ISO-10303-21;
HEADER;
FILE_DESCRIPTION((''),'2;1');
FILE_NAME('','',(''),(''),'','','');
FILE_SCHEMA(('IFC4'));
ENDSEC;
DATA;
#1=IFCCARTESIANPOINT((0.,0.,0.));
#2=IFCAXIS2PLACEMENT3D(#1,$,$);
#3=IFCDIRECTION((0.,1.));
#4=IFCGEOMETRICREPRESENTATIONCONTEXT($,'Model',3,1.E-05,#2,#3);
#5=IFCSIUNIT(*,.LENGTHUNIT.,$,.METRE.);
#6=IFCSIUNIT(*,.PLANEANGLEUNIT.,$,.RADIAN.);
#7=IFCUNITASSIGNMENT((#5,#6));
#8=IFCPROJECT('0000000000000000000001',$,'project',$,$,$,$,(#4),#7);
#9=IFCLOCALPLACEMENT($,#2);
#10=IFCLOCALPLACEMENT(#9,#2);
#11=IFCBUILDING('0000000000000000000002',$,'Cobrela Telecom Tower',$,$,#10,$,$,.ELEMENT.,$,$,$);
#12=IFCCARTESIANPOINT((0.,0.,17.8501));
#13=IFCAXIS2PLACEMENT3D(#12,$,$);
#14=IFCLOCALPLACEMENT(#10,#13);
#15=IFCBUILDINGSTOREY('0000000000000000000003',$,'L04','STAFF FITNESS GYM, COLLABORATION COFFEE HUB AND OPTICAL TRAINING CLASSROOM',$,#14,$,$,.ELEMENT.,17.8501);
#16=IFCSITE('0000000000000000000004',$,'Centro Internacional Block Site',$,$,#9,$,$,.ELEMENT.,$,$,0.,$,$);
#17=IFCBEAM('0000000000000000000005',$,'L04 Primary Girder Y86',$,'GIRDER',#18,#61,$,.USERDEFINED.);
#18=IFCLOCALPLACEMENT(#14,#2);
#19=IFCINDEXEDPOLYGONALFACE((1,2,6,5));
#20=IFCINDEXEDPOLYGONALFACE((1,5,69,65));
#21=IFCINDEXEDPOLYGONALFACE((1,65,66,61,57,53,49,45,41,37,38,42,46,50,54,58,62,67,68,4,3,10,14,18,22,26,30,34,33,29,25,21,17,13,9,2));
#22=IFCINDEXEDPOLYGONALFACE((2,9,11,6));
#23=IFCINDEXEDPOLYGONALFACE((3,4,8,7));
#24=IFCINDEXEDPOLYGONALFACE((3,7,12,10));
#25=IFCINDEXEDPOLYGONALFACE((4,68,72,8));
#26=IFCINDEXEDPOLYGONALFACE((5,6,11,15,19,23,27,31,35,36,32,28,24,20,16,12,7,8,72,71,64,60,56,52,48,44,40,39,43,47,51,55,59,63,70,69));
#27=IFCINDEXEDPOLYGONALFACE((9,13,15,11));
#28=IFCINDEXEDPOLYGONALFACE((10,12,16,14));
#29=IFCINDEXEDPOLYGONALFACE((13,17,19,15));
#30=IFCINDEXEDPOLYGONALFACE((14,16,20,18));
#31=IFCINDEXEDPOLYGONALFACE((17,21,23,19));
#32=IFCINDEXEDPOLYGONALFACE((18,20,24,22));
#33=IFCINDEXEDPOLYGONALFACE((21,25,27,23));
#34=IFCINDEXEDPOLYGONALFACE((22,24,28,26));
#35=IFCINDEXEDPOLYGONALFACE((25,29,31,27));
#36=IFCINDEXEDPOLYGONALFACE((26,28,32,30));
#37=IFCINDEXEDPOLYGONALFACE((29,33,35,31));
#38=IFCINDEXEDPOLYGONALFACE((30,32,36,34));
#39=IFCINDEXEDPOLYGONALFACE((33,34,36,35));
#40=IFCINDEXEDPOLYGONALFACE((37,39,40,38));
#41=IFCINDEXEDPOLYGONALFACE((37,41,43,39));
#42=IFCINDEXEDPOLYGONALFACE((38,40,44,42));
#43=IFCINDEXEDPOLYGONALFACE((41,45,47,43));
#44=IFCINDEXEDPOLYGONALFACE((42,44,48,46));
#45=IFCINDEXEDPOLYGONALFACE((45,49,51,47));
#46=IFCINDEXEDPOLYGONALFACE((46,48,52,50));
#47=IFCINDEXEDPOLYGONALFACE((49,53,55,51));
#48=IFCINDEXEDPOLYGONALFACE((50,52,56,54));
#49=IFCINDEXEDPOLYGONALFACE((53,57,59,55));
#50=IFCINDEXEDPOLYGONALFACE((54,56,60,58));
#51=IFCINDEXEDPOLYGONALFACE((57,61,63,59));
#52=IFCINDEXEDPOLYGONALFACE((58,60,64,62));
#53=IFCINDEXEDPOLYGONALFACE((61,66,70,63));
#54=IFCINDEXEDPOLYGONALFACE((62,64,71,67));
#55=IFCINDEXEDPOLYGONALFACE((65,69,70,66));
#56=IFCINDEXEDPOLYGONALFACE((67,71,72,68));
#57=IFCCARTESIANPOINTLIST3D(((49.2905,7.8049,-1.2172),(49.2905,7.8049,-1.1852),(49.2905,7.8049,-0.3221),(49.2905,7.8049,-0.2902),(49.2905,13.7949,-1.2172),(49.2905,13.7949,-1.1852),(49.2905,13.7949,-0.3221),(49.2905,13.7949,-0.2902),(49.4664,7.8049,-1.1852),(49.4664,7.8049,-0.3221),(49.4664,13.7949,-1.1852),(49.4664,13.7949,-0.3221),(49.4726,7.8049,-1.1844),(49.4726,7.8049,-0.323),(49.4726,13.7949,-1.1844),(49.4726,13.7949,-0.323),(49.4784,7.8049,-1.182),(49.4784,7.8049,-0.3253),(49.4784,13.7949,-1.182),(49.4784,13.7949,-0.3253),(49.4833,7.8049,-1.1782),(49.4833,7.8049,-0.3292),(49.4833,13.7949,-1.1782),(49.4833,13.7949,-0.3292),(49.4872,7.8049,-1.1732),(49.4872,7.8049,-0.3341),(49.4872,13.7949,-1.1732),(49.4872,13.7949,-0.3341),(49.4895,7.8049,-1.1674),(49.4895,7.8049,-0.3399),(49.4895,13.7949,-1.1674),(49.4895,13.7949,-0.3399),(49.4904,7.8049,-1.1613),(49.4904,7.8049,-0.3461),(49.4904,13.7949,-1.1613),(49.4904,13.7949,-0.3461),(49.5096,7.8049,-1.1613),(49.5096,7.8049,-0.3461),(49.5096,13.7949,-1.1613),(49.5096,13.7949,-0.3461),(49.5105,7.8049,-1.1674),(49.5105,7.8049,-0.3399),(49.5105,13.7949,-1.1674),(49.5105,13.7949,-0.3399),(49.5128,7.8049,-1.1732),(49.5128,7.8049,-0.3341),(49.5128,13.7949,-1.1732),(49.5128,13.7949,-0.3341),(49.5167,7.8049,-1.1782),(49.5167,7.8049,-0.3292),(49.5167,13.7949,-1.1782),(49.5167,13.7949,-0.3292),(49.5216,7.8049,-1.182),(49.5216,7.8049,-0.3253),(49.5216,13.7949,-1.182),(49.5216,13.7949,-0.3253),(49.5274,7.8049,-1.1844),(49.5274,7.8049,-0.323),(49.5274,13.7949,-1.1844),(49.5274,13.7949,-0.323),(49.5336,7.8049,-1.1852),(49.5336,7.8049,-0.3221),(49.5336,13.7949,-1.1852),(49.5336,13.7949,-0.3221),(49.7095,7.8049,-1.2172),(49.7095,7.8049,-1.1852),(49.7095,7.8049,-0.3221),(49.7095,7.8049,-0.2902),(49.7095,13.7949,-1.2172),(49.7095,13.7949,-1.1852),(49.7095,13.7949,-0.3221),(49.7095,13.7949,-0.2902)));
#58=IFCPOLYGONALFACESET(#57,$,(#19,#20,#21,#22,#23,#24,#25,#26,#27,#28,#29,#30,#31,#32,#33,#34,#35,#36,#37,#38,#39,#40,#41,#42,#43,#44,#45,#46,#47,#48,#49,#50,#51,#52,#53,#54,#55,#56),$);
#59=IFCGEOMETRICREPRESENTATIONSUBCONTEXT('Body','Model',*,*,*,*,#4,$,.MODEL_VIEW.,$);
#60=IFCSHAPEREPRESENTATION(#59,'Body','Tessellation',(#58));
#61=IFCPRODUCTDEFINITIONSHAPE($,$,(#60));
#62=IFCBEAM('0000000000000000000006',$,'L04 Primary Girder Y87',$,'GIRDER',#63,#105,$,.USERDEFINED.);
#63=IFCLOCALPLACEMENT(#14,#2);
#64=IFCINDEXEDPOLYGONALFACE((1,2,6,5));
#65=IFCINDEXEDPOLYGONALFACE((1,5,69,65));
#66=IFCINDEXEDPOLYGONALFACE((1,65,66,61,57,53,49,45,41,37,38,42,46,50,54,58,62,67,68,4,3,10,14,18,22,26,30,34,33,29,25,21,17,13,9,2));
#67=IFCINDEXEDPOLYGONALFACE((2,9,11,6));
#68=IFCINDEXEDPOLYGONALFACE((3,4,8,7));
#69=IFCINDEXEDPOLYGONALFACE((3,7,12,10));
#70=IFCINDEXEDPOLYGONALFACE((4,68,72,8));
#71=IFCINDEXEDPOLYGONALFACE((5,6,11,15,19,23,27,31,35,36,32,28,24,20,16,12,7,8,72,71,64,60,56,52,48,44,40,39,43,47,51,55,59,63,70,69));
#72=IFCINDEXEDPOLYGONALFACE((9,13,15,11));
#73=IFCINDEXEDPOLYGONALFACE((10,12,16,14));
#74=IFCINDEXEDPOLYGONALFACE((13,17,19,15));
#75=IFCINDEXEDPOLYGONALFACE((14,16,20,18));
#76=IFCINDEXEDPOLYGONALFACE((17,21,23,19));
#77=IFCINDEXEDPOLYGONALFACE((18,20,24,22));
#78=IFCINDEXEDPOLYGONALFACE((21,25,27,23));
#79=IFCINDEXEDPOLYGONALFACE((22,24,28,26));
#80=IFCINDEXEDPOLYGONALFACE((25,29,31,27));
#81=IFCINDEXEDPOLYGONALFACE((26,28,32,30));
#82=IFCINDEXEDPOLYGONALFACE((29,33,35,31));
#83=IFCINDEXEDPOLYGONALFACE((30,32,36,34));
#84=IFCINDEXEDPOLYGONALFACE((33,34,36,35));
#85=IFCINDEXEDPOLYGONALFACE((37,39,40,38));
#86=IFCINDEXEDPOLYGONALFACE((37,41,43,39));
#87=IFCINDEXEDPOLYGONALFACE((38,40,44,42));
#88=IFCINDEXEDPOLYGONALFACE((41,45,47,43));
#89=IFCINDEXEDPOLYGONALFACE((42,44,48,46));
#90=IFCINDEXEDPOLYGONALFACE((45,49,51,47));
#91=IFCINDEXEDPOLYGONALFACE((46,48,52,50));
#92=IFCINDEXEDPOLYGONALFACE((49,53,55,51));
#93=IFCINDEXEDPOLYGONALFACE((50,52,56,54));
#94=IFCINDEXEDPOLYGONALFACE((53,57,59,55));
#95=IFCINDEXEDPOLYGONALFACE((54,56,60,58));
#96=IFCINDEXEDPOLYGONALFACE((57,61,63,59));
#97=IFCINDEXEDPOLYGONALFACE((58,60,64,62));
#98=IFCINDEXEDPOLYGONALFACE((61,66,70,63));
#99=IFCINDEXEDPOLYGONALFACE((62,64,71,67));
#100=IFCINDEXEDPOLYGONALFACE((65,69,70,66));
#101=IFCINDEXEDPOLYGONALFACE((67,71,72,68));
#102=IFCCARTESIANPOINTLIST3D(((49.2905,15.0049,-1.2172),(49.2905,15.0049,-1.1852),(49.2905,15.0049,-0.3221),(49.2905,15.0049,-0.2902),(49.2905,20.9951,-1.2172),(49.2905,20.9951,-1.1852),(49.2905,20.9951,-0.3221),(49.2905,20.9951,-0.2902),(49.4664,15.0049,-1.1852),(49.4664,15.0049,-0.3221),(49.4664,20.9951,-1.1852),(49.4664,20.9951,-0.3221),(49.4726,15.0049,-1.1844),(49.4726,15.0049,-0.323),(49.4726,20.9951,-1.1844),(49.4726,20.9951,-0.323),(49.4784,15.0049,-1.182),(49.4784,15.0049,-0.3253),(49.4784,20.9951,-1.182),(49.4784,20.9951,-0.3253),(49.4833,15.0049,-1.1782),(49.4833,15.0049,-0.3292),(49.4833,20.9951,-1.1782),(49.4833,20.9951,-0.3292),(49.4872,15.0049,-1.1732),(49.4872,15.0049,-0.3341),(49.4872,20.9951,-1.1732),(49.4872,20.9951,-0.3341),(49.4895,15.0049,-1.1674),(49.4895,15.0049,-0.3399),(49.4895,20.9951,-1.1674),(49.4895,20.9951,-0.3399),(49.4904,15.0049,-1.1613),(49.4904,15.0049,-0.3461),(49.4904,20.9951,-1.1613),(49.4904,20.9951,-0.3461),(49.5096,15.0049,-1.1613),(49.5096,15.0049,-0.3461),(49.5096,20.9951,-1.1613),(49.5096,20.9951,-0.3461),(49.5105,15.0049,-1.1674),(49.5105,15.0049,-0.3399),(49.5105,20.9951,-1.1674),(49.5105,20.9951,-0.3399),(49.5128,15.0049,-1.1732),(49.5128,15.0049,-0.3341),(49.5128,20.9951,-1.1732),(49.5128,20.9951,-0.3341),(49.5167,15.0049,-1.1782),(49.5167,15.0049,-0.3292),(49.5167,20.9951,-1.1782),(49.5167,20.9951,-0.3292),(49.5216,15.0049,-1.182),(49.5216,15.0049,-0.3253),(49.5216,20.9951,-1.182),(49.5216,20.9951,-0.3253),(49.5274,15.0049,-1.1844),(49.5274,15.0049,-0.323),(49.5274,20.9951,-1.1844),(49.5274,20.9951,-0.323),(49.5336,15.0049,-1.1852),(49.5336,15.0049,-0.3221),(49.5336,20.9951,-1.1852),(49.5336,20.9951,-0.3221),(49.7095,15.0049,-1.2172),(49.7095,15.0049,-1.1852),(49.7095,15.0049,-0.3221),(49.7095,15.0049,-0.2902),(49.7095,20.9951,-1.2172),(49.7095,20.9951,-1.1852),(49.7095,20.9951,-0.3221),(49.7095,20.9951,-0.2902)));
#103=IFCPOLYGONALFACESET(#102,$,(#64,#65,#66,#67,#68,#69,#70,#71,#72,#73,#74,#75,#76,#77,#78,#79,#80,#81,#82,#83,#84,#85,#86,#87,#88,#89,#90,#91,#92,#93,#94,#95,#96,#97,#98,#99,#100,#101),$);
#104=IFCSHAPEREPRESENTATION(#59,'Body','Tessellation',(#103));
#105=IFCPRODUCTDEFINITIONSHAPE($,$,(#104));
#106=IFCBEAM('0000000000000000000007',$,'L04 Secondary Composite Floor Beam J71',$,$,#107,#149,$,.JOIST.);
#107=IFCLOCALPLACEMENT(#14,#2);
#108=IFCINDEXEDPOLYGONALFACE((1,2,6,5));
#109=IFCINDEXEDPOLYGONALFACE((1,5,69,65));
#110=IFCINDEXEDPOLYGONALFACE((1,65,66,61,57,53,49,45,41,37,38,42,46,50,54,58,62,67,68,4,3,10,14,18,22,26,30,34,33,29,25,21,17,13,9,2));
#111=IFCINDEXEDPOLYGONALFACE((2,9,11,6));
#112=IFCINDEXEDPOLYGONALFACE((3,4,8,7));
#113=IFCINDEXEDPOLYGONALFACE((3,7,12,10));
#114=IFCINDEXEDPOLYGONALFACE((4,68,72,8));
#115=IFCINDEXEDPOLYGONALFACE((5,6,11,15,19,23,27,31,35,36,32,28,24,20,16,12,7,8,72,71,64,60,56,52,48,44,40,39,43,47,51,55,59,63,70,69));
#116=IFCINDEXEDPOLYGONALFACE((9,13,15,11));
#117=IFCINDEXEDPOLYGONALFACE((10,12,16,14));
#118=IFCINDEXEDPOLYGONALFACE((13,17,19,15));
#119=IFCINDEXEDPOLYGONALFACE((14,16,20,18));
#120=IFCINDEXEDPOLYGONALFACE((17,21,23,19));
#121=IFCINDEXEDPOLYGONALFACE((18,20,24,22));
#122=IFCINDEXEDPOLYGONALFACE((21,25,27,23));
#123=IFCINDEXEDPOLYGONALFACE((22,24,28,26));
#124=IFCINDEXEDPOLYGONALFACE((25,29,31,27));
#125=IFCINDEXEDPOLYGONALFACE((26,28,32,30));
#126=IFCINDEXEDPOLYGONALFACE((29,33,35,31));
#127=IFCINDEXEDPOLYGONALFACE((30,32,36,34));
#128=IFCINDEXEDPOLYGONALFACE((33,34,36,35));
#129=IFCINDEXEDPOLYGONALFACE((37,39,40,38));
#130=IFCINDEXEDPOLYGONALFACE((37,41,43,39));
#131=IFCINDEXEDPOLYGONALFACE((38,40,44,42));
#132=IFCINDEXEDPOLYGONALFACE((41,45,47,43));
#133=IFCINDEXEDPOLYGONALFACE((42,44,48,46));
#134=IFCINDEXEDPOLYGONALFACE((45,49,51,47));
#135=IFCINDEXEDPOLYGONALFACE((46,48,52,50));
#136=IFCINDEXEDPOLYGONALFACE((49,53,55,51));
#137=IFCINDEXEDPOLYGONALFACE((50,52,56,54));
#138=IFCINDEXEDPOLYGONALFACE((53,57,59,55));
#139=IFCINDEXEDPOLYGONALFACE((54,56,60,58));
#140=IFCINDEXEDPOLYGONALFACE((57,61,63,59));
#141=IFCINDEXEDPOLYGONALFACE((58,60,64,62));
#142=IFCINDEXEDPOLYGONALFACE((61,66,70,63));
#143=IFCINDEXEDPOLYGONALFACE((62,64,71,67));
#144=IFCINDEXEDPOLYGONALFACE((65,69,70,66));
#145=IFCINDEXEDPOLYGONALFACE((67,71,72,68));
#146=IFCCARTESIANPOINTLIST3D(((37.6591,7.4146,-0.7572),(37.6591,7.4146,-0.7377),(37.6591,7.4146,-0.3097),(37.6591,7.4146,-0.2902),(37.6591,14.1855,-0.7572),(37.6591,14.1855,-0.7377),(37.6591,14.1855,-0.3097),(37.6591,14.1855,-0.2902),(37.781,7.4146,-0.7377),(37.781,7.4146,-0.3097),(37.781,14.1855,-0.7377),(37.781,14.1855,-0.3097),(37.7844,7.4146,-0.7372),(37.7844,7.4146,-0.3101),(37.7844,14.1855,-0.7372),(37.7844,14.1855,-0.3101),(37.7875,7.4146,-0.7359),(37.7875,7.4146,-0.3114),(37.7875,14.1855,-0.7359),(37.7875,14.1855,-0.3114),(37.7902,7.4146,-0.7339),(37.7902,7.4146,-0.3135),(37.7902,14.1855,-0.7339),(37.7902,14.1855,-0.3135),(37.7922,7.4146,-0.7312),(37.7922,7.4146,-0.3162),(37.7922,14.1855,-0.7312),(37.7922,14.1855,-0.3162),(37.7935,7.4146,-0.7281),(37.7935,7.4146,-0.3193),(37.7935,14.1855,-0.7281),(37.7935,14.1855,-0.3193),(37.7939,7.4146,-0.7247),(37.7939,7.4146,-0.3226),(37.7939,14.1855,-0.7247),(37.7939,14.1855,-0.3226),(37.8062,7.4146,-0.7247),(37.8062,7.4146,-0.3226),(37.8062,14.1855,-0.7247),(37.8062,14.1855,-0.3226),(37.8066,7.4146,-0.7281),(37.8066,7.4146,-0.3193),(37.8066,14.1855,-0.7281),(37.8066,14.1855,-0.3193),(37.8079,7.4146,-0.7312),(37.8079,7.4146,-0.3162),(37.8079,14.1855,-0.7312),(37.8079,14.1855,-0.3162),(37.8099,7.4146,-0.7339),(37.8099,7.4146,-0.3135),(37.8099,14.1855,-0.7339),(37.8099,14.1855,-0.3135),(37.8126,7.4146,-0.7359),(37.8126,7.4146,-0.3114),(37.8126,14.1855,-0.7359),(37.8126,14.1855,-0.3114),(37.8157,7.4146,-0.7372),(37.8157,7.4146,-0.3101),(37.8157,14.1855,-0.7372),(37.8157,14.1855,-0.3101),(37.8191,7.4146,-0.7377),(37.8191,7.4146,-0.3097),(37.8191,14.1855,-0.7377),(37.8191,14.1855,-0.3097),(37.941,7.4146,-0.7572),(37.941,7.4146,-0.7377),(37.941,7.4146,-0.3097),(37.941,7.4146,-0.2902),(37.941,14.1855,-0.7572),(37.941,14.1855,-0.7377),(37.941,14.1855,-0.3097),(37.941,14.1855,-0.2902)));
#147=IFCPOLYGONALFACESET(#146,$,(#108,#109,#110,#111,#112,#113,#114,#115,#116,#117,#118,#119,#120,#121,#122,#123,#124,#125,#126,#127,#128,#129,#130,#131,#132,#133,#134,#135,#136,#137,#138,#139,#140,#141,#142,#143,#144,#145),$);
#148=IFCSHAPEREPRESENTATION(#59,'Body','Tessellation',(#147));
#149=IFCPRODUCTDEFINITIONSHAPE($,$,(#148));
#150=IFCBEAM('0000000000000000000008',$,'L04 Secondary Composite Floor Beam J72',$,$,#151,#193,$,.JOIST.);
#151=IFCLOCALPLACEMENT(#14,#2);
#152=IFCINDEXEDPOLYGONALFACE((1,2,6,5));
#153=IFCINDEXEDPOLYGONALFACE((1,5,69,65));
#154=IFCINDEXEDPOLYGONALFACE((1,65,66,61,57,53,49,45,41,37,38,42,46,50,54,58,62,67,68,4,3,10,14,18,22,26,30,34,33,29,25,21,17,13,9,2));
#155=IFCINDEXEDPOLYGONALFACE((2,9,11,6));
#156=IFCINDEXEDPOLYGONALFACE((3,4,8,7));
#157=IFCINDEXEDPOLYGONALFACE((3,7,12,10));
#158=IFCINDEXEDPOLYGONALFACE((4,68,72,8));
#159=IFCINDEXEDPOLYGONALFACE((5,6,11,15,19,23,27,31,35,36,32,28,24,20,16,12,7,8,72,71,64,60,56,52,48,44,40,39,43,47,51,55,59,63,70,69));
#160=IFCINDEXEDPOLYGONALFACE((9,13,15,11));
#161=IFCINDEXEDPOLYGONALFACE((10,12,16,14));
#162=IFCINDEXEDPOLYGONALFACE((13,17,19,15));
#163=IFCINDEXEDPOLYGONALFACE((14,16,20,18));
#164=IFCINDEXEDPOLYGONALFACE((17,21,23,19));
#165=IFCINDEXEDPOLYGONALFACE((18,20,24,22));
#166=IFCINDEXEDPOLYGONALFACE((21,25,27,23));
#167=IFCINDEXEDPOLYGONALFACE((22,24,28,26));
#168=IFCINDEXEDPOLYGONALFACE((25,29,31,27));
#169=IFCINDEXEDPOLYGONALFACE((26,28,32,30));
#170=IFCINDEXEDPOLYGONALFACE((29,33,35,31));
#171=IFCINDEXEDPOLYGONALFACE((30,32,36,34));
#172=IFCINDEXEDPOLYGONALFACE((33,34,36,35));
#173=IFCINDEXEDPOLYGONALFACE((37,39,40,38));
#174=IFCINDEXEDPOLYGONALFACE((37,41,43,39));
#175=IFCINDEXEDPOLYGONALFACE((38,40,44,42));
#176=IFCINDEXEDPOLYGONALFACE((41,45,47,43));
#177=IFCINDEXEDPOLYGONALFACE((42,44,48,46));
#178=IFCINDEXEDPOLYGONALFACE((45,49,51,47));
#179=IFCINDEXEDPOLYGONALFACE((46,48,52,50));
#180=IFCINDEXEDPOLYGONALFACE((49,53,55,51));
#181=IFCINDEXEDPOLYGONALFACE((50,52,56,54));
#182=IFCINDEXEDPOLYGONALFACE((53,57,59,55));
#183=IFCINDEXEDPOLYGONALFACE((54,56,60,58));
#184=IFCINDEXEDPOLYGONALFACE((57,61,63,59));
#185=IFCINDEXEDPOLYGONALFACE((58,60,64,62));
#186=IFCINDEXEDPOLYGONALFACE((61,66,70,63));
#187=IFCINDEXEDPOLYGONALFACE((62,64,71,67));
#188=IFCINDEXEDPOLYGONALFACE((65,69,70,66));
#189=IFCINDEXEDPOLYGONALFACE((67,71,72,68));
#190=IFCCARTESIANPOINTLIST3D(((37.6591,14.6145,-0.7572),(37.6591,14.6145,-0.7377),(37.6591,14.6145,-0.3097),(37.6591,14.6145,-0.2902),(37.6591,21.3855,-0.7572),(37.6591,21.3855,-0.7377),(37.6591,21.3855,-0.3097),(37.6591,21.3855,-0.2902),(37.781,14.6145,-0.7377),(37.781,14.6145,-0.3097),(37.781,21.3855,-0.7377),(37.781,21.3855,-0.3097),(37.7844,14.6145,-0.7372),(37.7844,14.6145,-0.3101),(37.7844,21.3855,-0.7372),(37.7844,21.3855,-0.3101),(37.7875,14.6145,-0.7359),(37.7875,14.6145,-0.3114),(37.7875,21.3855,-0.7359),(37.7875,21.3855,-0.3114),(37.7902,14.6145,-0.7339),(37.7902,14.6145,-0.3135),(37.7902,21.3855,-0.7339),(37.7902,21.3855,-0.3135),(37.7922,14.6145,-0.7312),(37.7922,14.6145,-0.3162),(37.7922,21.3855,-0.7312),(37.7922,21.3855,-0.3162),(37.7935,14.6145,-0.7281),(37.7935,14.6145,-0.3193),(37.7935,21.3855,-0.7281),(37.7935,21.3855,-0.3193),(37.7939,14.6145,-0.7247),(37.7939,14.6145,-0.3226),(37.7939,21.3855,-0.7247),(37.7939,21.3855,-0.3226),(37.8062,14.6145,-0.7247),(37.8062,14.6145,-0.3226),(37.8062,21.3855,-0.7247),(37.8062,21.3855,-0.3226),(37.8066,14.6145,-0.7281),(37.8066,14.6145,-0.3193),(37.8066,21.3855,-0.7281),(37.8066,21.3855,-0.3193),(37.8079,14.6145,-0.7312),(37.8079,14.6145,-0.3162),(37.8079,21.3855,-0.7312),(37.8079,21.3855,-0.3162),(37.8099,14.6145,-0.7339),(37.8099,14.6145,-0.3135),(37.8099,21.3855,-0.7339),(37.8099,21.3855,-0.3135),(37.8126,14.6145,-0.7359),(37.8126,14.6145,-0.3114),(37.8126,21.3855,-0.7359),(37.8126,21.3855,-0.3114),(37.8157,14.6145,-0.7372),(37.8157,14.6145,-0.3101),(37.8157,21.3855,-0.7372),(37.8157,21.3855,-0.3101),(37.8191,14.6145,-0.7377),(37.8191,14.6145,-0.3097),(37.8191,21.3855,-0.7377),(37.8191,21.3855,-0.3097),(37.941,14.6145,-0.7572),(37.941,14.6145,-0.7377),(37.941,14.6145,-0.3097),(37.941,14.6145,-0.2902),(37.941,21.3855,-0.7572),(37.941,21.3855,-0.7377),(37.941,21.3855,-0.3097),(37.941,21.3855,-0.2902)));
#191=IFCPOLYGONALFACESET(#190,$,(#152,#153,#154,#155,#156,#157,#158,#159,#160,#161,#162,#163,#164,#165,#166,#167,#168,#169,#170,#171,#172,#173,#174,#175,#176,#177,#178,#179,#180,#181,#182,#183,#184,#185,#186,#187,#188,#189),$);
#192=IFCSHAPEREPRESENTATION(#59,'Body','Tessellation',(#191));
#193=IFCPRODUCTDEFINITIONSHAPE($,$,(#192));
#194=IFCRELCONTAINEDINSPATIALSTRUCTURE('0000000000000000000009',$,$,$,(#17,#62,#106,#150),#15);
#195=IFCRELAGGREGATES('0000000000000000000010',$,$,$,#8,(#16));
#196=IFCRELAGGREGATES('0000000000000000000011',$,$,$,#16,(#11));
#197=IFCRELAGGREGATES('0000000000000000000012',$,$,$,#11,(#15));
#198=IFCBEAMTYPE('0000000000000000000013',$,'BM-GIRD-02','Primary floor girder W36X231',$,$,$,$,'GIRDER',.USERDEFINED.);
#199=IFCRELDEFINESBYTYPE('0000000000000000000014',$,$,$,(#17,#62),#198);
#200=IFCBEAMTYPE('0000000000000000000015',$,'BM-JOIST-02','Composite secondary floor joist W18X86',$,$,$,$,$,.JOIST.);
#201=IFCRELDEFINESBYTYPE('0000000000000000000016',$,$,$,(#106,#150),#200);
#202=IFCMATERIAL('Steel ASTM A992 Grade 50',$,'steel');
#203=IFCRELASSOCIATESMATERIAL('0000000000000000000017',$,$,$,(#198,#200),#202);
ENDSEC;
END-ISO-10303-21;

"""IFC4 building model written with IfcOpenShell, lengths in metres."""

from ifc_helpers import new_model, si_unit, direction, frame, origin, origin_2d, place, context, subcontext, project, spatial, i_section, extrude, material, material_profile, profile_set, type_object, element, save


model = new_model("IFC4")

# Units and contexts
model_context = context("Model", 3, precision=1e-05, world=origin(), true_north=direction((0.0, 1.0)))
body_context = subcontext(model_context, "Body", "Model", "MODEL_VIEW")
ifc_project = project(units=[si_unit("LENGTHUNIT", "METRE"), si_unit("PLANEANGLEUNIT", "RADIAN")], contexts=[model_context])

# Site, building, storey
site_placement = place(None, origin())
site = spatial("IfcSite", under=ifc_project, at=site_placement, Name="Centro Internacional Block Site", CompositionType="ELEMENT", RefElevation=0.0)
building_placement = place(site_placement, origin())
building = spatial("IfcBuilding", under=site, at=building_placement, Name="Cobrela Telecom Tower", CompositionType="ELEMENT")
storey_placement = place(building_placement, frame((0.0, 0.0, 17.8501)))
storey = spatial("IfcBuildingStorey", under=building, at=storey_placement, Name="L04", Description="STAFF FITNESS GYM, COLLABORATION COFFEE HUB AND OPTICAL TRAINING CLASSROOM", CompositionType="ELEMENT", Elevation=17.8501)

# Beams
ifc_material_1 = material(Name="Steel ASTM A992 Grade 50", Category="steel")
ifc_material_profile_1 = material_profile(ifc_material_1, i_section(OverallWidth=0.4189, OverallDepth=0.927, WebThickness=0.0193, FlangeThickness=0.032, FilletRadius=0.0239, at=origin_2d()), Name="W36X231")
ifc_profile_set_1 = profile_set([ifc_material_profile_1], Name="Steel ASTM A992 Grade 50")
beam_type_1 = type_object("IfcBeamType", Name="BM-GIRD-02", Description="Primary floor girder W36X231", ElementType="GIRDER", PredefinedType="USERDEFINED", material=ifc_profile_set_1)
beam_1_placement = place(storey_placement, frame((49.5, 7.8049, -0.7537), z_axis=(0.0, 1.0, 0.0), x_axis=(-1.0, 0.0, 0.0)))
element("IfcBeam", 1, at=beam_1_placement, inside=storey, type_object=beam_type_1, Name="L04 Primary Girder Y86", ObjectType="GIRDER", PredefinedType="USERDEFINED", context=body_context, shape_type="SweptSolid", body=[
    extrude(i_section(OverallWidth=0.4189, OverallDepth=0.927, WebThickness=0.0193, FlangeThickness=0.032, FilletRadius=0.0239, at=origin_2d()), origin(), (0.0, 0.0, 1.0), 5.99),
])
beam_2_placement = place(storey_placement, frame((49.5, 15.0049, -0.7537), z_axis=(0.0, 1.0, 0.0), x_axis=(-1.0, 0.0, 0.0)))
element("IfcBeam", 2, at=beam_2_placement, inside=storey, type_object=beam_type_1, Name="L04 Primary Girder Y87", ObjectType="GIRDER", PredefinedType="USERDEFINED", context=body_context, shape_type="SweptSolid", body=[
    extrude(i_section(OverallWidth=0.4189, OverallDepth=0.927, WebThickness=0.0193, FlangeThickness=0.032, FilletRadius=0.0239, at=origin_2d()), origin(), (0.0, 0.0, 1.0), 5.9902),
])
ifc_material_profile_2 = material_profile(ifc_material_1, i_section(OverallWidth=0.282, OverallDepth=0.467, WebThickness=0.0122, FlangeThickness=0.0195, FilletRadius=0.0129, at=origin_2d()), Name="W18X86")
ifc_profile_set_2 = profile_set([ifc_material_profile_2], Name="Steel ASTM A992 Grade 50")
beam_type_2 = type_object("IfcBeamType", Name="BM-JOIST-02", Description="Composite secondary floor joist W18X86", PredefinedType="JOIST", material=ifc_profile_set_2)
for number, where, z_axis, x_axis, name in (
    (3, (37.8, 7.4146, -0.5237), (0.0, 1.0, 0.0), (-1.0, 0.0, 0.0), "L04 Secondary Composite Floor Beam J71"),
    (4, (37.8, 14.6145, -0.5237), (0.0, 1.0, 0.0), (-1.0, 0.0, 0.0), "L04 Secondary Composite Floor Beam J72"),
):
    element("IfcBeam", number, at=place(storey_placement, frame(where, z_axis=z_axis, x_axis=x_axis)), inside=storey, type_object=beam_type_2, Name=name, PredefinedType="JOIST", context=body_context, shape_type="SweptSolid", body=[
        extrude(i_section(OverallWidth=0.282, OverallDepth=0.467, WebThickness=0.0122, FlangeThickness=0.0195, FilletRadius=0.0129, at=origin_2d()), origin(), (0.0, 0.0, 1.0), 6.771),
    ])

save(model, "model.ifc")
